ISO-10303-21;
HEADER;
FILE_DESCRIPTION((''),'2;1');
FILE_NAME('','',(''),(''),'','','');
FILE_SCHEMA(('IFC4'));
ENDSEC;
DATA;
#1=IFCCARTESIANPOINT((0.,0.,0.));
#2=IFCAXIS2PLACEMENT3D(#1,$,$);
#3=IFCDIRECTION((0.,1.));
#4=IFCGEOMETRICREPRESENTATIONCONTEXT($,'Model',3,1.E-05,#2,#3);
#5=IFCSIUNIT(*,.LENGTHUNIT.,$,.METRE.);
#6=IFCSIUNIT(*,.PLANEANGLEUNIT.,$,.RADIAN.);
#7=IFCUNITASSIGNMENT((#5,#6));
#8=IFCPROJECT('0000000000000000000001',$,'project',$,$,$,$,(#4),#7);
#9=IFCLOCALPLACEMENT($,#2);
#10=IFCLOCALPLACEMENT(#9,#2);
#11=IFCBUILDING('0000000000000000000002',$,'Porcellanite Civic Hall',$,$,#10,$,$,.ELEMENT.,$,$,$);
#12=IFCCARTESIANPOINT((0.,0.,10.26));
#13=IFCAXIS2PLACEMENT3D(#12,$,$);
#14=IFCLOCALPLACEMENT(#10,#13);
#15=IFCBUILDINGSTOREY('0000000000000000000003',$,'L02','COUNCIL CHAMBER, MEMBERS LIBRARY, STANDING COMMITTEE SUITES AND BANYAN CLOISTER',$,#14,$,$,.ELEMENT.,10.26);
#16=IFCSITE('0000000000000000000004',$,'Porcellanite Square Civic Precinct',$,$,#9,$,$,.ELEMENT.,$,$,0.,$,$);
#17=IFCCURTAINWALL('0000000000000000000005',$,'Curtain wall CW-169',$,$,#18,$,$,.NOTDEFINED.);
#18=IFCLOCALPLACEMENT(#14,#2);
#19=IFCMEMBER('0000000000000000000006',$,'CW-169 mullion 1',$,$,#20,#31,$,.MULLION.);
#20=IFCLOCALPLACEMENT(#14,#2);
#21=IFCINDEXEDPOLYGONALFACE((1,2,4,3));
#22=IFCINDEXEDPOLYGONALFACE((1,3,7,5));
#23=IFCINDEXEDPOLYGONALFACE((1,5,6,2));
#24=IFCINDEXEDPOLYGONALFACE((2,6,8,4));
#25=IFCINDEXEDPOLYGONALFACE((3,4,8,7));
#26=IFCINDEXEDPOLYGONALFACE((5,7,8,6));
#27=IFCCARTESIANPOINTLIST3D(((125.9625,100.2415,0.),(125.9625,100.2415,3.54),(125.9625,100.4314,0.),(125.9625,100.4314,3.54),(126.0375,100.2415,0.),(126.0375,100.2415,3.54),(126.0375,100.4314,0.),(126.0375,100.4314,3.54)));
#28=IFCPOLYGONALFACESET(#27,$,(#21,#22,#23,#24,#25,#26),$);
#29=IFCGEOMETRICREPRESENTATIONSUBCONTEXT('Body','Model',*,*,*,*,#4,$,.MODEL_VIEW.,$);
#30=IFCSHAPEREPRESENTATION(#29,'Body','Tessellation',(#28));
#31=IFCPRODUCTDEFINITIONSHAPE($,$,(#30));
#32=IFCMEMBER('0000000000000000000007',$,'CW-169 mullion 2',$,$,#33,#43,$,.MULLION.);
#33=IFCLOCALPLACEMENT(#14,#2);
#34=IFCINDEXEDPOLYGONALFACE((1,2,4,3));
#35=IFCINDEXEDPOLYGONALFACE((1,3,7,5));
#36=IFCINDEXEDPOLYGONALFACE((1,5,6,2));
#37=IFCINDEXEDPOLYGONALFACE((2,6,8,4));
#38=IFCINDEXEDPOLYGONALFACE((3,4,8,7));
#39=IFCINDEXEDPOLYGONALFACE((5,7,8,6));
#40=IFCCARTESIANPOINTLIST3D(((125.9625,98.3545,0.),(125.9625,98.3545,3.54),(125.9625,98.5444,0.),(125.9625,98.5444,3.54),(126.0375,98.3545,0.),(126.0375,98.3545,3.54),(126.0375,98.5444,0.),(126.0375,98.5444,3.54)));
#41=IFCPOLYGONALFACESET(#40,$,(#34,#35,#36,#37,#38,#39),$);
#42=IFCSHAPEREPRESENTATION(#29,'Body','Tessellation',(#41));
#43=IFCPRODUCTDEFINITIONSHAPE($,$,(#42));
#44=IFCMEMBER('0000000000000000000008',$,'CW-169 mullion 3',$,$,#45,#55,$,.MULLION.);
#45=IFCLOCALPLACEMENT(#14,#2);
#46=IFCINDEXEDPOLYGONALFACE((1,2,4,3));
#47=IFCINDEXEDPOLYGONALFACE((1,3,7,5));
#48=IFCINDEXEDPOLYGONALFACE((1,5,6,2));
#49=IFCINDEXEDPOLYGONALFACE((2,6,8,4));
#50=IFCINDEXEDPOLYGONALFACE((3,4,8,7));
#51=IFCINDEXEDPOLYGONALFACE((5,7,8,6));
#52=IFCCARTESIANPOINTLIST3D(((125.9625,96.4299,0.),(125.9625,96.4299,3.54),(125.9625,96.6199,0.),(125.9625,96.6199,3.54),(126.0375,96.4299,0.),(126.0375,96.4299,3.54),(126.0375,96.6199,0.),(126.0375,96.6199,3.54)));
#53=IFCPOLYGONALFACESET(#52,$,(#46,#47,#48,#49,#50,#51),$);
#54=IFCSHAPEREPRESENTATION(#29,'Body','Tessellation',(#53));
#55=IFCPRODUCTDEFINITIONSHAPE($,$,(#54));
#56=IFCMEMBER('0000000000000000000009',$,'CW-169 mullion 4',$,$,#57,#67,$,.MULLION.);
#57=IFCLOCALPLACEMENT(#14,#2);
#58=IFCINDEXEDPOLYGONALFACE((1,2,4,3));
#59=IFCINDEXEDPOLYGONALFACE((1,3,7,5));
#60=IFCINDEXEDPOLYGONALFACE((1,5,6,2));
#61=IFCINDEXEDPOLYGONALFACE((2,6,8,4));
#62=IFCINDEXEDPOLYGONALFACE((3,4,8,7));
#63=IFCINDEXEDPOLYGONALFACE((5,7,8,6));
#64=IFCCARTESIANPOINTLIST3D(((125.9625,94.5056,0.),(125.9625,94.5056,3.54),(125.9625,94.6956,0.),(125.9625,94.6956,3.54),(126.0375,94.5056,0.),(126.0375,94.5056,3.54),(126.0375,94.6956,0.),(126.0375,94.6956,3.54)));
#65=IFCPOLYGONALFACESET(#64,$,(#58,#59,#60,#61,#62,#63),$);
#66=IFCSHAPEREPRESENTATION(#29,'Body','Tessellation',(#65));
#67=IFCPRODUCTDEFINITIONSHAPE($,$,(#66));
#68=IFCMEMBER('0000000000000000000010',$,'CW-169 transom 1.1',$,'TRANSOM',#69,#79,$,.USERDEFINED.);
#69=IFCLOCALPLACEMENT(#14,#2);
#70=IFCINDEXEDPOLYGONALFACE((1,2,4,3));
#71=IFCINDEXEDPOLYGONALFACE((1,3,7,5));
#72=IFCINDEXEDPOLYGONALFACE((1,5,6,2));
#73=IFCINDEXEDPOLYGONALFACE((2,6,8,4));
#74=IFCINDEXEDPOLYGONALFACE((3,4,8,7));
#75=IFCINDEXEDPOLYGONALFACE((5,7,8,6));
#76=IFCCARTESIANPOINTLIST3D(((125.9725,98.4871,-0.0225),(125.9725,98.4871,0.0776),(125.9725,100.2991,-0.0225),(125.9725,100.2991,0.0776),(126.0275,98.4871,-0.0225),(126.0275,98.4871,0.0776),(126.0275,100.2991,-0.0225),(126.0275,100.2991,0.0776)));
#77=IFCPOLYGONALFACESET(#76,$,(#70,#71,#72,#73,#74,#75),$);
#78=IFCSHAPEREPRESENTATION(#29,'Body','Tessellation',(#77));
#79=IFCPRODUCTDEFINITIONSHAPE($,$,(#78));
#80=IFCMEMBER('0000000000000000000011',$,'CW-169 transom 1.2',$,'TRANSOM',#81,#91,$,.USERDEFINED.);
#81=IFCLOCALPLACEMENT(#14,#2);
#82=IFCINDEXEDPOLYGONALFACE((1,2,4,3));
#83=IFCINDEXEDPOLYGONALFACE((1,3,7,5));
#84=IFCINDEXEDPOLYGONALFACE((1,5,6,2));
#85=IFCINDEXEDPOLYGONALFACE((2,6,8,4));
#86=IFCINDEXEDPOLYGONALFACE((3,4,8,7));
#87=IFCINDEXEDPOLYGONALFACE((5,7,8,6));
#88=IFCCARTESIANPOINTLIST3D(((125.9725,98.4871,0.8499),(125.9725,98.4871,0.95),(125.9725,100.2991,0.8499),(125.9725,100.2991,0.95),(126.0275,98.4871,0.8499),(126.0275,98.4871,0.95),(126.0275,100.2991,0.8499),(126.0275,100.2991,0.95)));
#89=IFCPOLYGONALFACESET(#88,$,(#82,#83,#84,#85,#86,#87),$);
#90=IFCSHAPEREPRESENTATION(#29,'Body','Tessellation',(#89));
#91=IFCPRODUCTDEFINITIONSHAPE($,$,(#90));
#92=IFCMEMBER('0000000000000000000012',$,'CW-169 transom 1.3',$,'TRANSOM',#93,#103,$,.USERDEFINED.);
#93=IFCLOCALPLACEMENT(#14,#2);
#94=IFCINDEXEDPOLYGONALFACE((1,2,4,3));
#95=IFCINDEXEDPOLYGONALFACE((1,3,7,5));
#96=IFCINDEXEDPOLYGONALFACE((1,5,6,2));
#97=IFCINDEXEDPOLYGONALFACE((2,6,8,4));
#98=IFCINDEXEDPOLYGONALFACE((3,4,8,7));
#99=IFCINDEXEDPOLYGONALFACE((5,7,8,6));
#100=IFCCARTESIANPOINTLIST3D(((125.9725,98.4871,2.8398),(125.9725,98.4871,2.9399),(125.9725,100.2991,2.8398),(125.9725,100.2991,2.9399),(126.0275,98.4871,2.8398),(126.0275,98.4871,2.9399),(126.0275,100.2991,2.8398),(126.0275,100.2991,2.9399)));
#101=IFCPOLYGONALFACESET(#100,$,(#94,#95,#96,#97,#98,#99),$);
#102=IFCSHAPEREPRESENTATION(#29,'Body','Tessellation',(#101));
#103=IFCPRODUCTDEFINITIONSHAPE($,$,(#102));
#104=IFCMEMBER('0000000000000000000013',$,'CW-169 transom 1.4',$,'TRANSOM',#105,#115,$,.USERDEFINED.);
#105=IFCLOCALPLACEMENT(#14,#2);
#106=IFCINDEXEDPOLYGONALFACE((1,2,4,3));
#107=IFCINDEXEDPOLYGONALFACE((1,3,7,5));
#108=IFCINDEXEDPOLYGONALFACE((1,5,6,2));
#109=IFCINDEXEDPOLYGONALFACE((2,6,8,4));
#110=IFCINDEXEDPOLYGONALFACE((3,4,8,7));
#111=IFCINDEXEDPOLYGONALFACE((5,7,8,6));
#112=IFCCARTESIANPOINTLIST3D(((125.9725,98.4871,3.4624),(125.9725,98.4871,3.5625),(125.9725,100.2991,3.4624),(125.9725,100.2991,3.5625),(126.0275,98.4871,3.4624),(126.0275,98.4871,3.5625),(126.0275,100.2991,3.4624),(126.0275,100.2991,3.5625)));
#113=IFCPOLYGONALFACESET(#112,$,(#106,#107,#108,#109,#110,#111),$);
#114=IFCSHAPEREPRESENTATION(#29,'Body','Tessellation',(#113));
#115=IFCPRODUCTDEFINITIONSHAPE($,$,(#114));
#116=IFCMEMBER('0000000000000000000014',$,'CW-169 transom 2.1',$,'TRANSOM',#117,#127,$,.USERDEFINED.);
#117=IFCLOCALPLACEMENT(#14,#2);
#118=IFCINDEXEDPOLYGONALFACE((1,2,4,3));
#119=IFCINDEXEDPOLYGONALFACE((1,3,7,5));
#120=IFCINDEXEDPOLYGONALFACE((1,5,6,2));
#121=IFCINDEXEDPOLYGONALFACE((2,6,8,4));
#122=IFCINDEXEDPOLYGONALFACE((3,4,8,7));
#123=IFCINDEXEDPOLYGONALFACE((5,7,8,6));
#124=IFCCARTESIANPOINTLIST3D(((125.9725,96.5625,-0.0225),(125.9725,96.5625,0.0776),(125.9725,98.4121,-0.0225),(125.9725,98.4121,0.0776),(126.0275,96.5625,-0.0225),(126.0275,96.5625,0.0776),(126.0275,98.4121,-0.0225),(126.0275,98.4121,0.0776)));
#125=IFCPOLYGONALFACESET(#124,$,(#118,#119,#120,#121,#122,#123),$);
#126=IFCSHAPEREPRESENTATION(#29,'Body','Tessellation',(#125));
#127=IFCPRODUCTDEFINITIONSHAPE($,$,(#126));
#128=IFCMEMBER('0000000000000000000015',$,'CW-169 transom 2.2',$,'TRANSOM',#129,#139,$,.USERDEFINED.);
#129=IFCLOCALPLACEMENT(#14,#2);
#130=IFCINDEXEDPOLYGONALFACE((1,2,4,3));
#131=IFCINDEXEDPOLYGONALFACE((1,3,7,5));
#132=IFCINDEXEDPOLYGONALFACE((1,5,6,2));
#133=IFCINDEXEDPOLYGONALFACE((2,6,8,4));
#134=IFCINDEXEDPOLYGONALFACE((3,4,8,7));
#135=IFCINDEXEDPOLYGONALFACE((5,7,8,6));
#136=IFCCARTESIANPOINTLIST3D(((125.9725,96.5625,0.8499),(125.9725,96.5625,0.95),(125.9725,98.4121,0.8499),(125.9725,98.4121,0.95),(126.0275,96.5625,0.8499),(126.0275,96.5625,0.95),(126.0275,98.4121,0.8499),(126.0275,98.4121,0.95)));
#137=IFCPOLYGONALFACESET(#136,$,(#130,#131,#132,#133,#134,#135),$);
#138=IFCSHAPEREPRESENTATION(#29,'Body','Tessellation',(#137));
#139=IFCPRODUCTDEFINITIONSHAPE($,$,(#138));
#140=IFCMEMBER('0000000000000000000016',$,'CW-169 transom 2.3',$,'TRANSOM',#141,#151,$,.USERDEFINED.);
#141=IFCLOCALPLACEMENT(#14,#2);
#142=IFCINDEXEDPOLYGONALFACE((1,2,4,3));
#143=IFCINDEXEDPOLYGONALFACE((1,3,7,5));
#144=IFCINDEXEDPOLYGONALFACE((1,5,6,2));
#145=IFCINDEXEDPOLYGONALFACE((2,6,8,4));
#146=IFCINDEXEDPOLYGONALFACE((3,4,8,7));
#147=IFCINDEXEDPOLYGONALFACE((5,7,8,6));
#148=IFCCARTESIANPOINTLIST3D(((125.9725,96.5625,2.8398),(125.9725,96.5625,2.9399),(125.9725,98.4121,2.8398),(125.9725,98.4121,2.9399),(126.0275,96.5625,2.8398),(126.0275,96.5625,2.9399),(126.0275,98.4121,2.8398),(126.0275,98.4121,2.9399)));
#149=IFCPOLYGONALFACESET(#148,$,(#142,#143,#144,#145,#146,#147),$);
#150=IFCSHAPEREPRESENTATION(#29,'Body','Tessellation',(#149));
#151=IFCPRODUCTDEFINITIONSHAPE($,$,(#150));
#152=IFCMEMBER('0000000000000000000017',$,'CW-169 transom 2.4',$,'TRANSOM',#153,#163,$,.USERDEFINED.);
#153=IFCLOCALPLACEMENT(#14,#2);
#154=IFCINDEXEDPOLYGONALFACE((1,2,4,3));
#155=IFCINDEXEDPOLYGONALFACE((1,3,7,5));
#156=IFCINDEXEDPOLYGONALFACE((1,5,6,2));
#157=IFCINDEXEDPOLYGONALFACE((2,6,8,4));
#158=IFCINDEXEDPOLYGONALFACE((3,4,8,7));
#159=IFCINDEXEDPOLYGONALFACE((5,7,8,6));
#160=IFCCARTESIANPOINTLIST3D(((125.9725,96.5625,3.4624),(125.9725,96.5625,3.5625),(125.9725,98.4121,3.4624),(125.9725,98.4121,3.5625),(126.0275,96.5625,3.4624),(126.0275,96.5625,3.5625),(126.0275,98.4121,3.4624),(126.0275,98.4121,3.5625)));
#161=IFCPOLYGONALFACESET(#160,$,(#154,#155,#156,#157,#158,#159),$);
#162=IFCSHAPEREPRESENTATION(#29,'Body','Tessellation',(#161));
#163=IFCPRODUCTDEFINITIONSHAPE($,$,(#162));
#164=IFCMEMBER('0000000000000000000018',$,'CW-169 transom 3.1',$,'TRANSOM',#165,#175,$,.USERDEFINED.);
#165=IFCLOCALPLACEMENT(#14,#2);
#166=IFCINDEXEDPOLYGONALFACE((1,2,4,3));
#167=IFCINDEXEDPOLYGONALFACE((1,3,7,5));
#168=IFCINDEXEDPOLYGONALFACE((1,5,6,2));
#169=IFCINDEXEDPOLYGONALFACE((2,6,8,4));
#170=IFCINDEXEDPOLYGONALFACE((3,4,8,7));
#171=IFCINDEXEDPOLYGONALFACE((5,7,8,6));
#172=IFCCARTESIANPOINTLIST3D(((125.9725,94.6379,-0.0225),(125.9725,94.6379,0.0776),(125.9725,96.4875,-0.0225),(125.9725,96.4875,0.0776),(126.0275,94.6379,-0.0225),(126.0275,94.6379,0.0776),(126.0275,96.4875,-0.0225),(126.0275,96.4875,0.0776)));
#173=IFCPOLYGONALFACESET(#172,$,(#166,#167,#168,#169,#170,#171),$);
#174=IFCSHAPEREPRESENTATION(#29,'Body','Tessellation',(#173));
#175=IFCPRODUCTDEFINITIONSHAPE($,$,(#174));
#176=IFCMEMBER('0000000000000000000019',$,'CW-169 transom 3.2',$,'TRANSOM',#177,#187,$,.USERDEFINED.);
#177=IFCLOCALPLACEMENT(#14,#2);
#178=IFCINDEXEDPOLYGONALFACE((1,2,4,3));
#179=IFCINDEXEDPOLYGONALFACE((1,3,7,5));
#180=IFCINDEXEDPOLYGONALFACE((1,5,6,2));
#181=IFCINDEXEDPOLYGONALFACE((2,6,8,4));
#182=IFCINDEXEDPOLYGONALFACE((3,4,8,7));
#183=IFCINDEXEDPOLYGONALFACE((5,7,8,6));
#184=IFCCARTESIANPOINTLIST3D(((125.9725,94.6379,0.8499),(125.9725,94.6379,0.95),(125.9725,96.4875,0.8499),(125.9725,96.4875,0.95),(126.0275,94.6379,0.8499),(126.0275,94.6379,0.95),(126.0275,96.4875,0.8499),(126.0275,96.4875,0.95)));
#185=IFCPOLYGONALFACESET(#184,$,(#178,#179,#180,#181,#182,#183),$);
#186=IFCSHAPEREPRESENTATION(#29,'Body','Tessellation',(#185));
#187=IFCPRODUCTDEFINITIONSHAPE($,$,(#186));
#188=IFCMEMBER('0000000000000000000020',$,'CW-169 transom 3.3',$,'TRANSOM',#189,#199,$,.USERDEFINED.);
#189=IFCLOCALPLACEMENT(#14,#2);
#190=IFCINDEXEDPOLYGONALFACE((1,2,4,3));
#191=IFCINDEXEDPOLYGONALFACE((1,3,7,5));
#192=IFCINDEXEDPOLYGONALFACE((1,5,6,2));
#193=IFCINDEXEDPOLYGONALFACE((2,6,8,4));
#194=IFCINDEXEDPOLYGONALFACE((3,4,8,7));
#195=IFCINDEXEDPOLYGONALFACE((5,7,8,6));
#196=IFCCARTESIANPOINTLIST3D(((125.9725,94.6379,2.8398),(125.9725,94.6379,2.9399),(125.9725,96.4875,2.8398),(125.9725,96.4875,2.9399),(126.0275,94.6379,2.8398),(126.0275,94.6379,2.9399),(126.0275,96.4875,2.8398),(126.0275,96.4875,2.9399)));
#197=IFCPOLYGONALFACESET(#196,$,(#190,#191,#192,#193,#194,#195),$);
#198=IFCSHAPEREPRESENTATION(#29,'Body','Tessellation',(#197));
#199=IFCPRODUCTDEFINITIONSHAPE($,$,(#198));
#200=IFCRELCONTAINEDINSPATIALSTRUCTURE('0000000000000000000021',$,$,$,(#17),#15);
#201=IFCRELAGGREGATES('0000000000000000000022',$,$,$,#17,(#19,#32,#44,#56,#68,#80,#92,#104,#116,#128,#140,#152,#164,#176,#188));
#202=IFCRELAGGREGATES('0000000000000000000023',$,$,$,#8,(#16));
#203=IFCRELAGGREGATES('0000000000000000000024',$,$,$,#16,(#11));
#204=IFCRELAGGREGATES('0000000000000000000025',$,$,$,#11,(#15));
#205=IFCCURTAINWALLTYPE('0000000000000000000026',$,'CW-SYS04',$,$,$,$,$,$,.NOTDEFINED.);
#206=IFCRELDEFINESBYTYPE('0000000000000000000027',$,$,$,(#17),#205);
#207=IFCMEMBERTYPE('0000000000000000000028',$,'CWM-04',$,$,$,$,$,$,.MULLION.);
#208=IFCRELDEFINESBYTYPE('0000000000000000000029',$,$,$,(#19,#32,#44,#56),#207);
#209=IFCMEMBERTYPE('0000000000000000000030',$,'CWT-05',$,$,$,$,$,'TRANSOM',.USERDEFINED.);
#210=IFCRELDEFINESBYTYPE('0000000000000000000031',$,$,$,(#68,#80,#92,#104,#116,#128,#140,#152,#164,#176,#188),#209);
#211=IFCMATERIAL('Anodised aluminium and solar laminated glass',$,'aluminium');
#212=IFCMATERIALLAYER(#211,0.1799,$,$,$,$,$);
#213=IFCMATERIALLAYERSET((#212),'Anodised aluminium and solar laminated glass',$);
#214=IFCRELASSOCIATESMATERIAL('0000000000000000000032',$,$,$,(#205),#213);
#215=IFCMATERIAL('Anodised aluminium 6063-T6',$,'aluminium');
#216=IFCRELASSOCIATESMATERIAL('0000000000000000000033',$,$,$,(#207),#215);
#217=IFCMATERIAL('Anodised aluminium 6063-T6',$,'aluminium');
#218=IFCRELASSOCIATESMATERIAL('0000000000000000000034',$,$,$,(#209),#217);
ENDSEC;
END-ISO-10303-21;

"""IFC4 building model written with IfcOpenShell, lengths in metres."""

from ifc_helpers import new_model, si_unit, direction, frame, origin, origin_2d, place, context, subcontext, project, spatial, rectangle, extrude, material, layer, layer_set, material_profile, profile_set, type_object, element, aggregate, save


model = new_model("IFC4")

# Units and contexts
model_context = context("Model", 3, precision=1e-05, world=origin(), true_north=direction((0.0, 1.0)))
body_context = subcontext(model_context, "Body", "Model", "MODEL_VIEW")
ifc_project = project(units=[si_unit("LENGTHUNIT", "METRE"), si_unit("PLANEANGLEUNIT", "RADIAN")], contexts=[model_context])

# Site, building, storey
site_placement = place(None, origin())
site = spatial("IfcSite", under=ifc_project, at=site_placement, Name="Porcellanite Square Civic Precinct", CompositionType="ELEMENT", RefElevation=0.0)
building_placement = place(site_placement, origin())
building = spatial("IfcBuilding", under=site, at=building_placement, Name="Porcellanite Civic Hall", CompositionType="ELEMENT")
storey_placement = place(building_placement, frame((0.0, 0.0, 10.26)))
storey = spatial("IfcBuildingStorey", under=building, at=storey_placement, Name="L02", Description="COUNCIL CHAMBER, MEMBERS LIBRARY, STANDING COMMITTEE SUITES AND BANYAN CLOISTER", CompositionType="ELEMENT", Elevation=10.26)

# Curtain wall, members
ifc_material_1 = material(Name="Anodised aluminium and solar laminated glass", Category="aluminium")
ifc_layer_1 = layer(ifc_material_1, 0.1799)
ifc_layer_set_1 = layer_set([ifc_layer_1], Name="Anodised aluminium and solar laminated glass")
curtain_wall_type = type_object("IfcCurtainWallType", Name="CW-SYS04", PredefinedType="NOTDEFINED", material=ifc_layer_set_1)
curtain_wall_placement = place(storey_placement, origin())
curtain_wall = element("IfcCurtainWall", 1, at=curtain_wall_placement, inside=storey, type_object=curtain_wall_type, Name="Curtain wall CW-169", PredefinedType="NOTDEFINED")
ifc_material_2 = material(Name="Anodised aluminium 6063-T6", Category="aluminium")
ifc_material_profile_1 = material_profile(ifc_material_2, rectangle(XDim=0.075, YDim=0.1899, at=origin_2d()), Name="AL-75x190")
ifc_profile_set_1 = profile_set([ifc_material_profile_1], Name="Anodised aluminium 6063-T6")
member_type_1 = type_object("IfcMemberType", Name="CWM-04", PredefinedType="MULLION", material=ifc_profile_set_1)
member_1_placement = place(storey_placement, frame((126.0, 100.3364, 0.0), z_axis=(0.0, 0.0, 1.0), x_axis=(1.0, 0.0, 0.0)))
member_1 = element("IfcMember", 2, at=member_1_placement, type_object=member_type_1, Name="CW-169 mullion 1", PredefinedType="MULLION", context=body_context, shape_type="SweptSolid", body=[
    extrude(rectangle(XDim=0.075, YDim=0.1899, at=origin_2d()), origin(), (0.0, 0.0, 1.0), 3.54),
])
member_2_placement = place(storey_placement, frame((126.0, 98.4495, 0.0), z_axis=(0.0, 0.0, 1.0), x_axis=(1.0, 0.0, 0.0)))
member_2 = element("IfcMember", 3, at=member_2_placement, type_object=member_type_1, Name="CW-169 mullion 2", PredefinedType="MULLION", context=body_context, shape_type="SweptSolid", body=[
    extrude(rectangle(XDim=0.075, YDim=0.1899, at=origin_2d()), origin(), (0.0, 0.0, 1.0), 3.54),
])
member_3_placement = place(storey_placement, frame((126.0, 96.5249, 0.0), z_axis=(0.0, 0.0, 1.0), x_axis=(1.0, 0.0, 0.0)))
member_3 = element("IfcMember", 4, at=member_3_placement, type_object=member_type_1, Name="CW-169 mullion 3", PredefinedType="MULLION", context=body_context, shape_type="SweptSolid", body=[
    extrude(rectangle(XDim=0.075, YDim=0.1899, at=origin_2d()), origin(), (0.0, 0.0, 1.0), 3.54),
])
member_4_placement = place(storey_placement, frame((126.0, 94.6006, 0.0), z_axis=(0.0, 0.0, 1.0), x_axis=(1.0, 0.0, 0.0)))
member_4 = element("IfcMember", 5, at=member_4_placement, type_object=member_type_1, Name="CW-169 mullion 4", PredefinedType="MULLION", context=body_context, shape_type="SweptSolid", body=[
    extrude(rectangle(XDim=0.075, YDim=0.1899, at=origin_2d()), origin(), (0.0, 0.0, 1.0), 3.54),
])
ifc_material_3 = material(Name="Anodised aluminium 6063-T6", Category="aluminium")
ifc_material_profile_2 = material_profile(ifc_material_3, rectangle(XDim=0.0549, YDim=0.1001, at=origin_2d()), Name="AL-55x100")
ifc_profile_set_2 = profile_set([ifc_material_profile_2], Name="Anodised aluminium 6063-T6")
member_type_2 = type_object("IfcMemberType", Name="CWT-05", ElementType="TRANSOM", PredefinedType="USERDEFINED", material=ifc_profile_set_2)
member_5_placement = place(storey_placement, frame((126.0, 100.2991, 0.0276), z_axis=(0.0, -1.0, 0.0), x_axis=(1.0, 0.0, 0.0)))
member_5 = element("IfcMember", 6, at=member_5_placement, type_object=member_type_2, Name="CW-169 transom 1.1", ObjectType="TRANSOM", PredefinedType="USERDEFINED", context=body_context, shape_type="SweptSolid", body=[
    extrude(rectangle(XDim=0.0549, YDim=0.1001, at=origin_2d()), origin(), (0.0, 0.0, 1.0), 1.812),
])
member_6_placement = place(storey_placement, frame((126.0, 100.2991, 0.8999), z_axis=(0.0, -1.0, 0.0), x_axis=(1.0, 0.0, 0.0)))
member_6 = element("IfcMember", 7, at=member_6_placement, type_object=member_type_2, Name="CW-169 transom 1.2", ObjectType="TRANSOM", PredefinedType="USERDEFINED", context=body_context, shape_type="SweptSolid", body=[
    extrude(rectangle(XDim=0.0549, YDim=0.1001, at=origin_2d()), origin(), (0.0, 0.0, 1.0), 1.812),
])
member_7_placement = place(storey_placement, frame((126.0, 100.2991, 2.8899), z_axis=(0.0, -1.0, 0.0), x_axis=(1.0, 0.0, 0.0)))
member_7 = element("IfcMember", 8, at=member_7_placement, type_object=member_type_2, Name="CW-169 transom 1.3", ObjectType="TRANSOM", PredefinedType="USERDEFINED", context=body_context, shape_type="SweptSolid", body=[
    extrude(rectangle(XDim=0.0549, YDim=0.1001, at=origin_2d()), origin(), (0.0, 0.0, 1.0), 1.812),
])
member_8_placement = place(storey_placement, frame((126.0, 100.2991, 3.5125), z_axis=(0.0, -1.0, 0.0), x_axis=(1.0, 0.0, 0.0)))
member_8 = element("IfcMember", 9, at=member_8_placement, type_object=member_type_2, Name="CW-169 transom 1.4", ObjectType="TRANSOM", PredefinedType="USERDEFINED", context=body_context, shape_type="SweptSolid", body=[
    extrude(rectangle(XDim=0.0549, YDim=0.1001, at=origin_2d()), origin(), (0.0, 0.0, 1.0), 1.812),
])
member_9_placement = place(storey_placement, frame((126.0, 98.4121, 0.0276), z_axis=(0.0, -1.0, 0.0), x_axis=(1.0, 0.0, 0.0)))
member_9 = element("IfcMember", 10, at=member_9_placement, type_object=member_type_2, Name="CW-169 transom 2.1", ObjectType="TRANSOM", PredefinedType="USERDEFINED", context=body_context, shape_type="SweptSolid", body=[
    extrude(rectangle(XDim=0.0549, YDim=0.1001, at=origin_2d()), origin(), (0.0, 0.0, 1.0), 1.8496),
])
member_10_placement = place(storey_placement, frame((126.0, 98.4121, 0.8999), z_axis=(0.0, -1.0, 0.0), x_axis=(1.0, 0.0, 0.0)))
member_10 = element("IfcMember", 11, at=member_10_placement, type_object=member_type_2, Name="CW-169 transom 2.2", ObjectType="TRANSOM", PredefinedType="USERDEFINED", context=body_context, shape_type="SweptSolid", body=[
    extrude(rectangle(XDim=0.0549, YDim=0.1001, at=origin_2d()), origin(), (0.0, 0.0, 1.0), 1.8496),
])
member_11_placement = place(storey_placement, frame((126.0, 98.4121, 2.8899), z_axis=(0.0, -1.0, 0.0), x_axis=(1.0, 0.0, 0.0)))
member_11 = element("IfcMember", 12, at=member_11_placement, type_object=member_type_2, Name="CW-169 transom 2.3", ObjectType="TRANSOM", PredefinedType="USERDEFINED", context=body_context, shape_type="SweptSolid", body=[
    extrude(rectangle(XDim=0.0549, YDim=0.1001, at=origin_2d()), origin(), (0.0, 0.0, 1.0), 1.8496),
])
member_12_placement = place(storey_placement, frame((126.0, 98.4121, 3.5125), z_axis=(0.0, -1.0, 0.0), x_axis=(1.0, 0.0, 0.0)))
member_12 = element("IfcMember", 13, at=member_12_placement, type_object=member_type_2, Name="CW-169 transom 2.4", ObjectType="TRANSOM", PredefinedType="USERDEFINED", context=body_context, shape_type="SweptSolid", body=[
    extrude(rectangle(XDim=0.0549, YDim=0.1001, at=origin_2d()), origin(), (0.0, 0.0, 1.0), 1.8496),
])
member_13_placement = place(storey_placement, frame((126.0, 96.4875, 0.0276), z_axis=(0.0, -1.0, 0.0), x_axis=(1.0, 0.0, 0.0)))
member_13 = element("IfcMember", 14, at=member_13_placement, type_object=member_type_2, Name="CW-169 transom 3.1", ObjectType="TRANSOM", PredefinedType="USERDEFINED", context=body_context, shape_type="SweptSolid", body=[
    extrude(rectangle(XDim=0.0549, YDim=0.1001, at=origin_2d()), origin(), (0.0, 0.0, 1.0), 1.8496),
])
member_14_placement = place(storey_placement, frame((126.0, 96.4875, 0.8999), z_axis=(0.0, -1.0, 0.0), x_axis=(1.0, 0.0, 0.0)))
member_14 = element("IfcMember", 15, at=member_14_placement, type_object=member_type_2, Name="CW-169 transom 3.2", ObjectType="TRANSOM", PredefinedType="USERDEFINED", context=body_context, shape_type="SweptSolid", body=[
    extrude(rectangle(XDim=0.0549, YDim=0.1001, at=origin_2d()), origin(), (0.0, 0.0, 1.0), 1.8496),
])
member_15_placement = place(storey_placement, frame((126.0, 96.4875, 2.8899), z_axis=(0.0, -1.0, 0.0), x_axis=(1.0, 0.0, 0.0)))
member_15 = element("IfcMember", 16, at=member_15_placement, type_object=member_type_2, Name="CW-169 transom 3.3", ObjectType="TRANSOM", PredefinedType="USERDEFINED", context=body_context, shape_type="SweptSolid", body=[
    extrude(rectangle(XDim=0.0549, YDim=0.1001, at=origin_2d()), origin(), (0.0, 0.0, 1.0), 1.8496),
])
aggregate(curtain_wall, [member_1, member_2, member_3, member_4, member_5, member_6, member_7, member_8, member_9, member_10, member_11, member_12, member_13, member_14, member_15])

save(model, "model.ifc")
